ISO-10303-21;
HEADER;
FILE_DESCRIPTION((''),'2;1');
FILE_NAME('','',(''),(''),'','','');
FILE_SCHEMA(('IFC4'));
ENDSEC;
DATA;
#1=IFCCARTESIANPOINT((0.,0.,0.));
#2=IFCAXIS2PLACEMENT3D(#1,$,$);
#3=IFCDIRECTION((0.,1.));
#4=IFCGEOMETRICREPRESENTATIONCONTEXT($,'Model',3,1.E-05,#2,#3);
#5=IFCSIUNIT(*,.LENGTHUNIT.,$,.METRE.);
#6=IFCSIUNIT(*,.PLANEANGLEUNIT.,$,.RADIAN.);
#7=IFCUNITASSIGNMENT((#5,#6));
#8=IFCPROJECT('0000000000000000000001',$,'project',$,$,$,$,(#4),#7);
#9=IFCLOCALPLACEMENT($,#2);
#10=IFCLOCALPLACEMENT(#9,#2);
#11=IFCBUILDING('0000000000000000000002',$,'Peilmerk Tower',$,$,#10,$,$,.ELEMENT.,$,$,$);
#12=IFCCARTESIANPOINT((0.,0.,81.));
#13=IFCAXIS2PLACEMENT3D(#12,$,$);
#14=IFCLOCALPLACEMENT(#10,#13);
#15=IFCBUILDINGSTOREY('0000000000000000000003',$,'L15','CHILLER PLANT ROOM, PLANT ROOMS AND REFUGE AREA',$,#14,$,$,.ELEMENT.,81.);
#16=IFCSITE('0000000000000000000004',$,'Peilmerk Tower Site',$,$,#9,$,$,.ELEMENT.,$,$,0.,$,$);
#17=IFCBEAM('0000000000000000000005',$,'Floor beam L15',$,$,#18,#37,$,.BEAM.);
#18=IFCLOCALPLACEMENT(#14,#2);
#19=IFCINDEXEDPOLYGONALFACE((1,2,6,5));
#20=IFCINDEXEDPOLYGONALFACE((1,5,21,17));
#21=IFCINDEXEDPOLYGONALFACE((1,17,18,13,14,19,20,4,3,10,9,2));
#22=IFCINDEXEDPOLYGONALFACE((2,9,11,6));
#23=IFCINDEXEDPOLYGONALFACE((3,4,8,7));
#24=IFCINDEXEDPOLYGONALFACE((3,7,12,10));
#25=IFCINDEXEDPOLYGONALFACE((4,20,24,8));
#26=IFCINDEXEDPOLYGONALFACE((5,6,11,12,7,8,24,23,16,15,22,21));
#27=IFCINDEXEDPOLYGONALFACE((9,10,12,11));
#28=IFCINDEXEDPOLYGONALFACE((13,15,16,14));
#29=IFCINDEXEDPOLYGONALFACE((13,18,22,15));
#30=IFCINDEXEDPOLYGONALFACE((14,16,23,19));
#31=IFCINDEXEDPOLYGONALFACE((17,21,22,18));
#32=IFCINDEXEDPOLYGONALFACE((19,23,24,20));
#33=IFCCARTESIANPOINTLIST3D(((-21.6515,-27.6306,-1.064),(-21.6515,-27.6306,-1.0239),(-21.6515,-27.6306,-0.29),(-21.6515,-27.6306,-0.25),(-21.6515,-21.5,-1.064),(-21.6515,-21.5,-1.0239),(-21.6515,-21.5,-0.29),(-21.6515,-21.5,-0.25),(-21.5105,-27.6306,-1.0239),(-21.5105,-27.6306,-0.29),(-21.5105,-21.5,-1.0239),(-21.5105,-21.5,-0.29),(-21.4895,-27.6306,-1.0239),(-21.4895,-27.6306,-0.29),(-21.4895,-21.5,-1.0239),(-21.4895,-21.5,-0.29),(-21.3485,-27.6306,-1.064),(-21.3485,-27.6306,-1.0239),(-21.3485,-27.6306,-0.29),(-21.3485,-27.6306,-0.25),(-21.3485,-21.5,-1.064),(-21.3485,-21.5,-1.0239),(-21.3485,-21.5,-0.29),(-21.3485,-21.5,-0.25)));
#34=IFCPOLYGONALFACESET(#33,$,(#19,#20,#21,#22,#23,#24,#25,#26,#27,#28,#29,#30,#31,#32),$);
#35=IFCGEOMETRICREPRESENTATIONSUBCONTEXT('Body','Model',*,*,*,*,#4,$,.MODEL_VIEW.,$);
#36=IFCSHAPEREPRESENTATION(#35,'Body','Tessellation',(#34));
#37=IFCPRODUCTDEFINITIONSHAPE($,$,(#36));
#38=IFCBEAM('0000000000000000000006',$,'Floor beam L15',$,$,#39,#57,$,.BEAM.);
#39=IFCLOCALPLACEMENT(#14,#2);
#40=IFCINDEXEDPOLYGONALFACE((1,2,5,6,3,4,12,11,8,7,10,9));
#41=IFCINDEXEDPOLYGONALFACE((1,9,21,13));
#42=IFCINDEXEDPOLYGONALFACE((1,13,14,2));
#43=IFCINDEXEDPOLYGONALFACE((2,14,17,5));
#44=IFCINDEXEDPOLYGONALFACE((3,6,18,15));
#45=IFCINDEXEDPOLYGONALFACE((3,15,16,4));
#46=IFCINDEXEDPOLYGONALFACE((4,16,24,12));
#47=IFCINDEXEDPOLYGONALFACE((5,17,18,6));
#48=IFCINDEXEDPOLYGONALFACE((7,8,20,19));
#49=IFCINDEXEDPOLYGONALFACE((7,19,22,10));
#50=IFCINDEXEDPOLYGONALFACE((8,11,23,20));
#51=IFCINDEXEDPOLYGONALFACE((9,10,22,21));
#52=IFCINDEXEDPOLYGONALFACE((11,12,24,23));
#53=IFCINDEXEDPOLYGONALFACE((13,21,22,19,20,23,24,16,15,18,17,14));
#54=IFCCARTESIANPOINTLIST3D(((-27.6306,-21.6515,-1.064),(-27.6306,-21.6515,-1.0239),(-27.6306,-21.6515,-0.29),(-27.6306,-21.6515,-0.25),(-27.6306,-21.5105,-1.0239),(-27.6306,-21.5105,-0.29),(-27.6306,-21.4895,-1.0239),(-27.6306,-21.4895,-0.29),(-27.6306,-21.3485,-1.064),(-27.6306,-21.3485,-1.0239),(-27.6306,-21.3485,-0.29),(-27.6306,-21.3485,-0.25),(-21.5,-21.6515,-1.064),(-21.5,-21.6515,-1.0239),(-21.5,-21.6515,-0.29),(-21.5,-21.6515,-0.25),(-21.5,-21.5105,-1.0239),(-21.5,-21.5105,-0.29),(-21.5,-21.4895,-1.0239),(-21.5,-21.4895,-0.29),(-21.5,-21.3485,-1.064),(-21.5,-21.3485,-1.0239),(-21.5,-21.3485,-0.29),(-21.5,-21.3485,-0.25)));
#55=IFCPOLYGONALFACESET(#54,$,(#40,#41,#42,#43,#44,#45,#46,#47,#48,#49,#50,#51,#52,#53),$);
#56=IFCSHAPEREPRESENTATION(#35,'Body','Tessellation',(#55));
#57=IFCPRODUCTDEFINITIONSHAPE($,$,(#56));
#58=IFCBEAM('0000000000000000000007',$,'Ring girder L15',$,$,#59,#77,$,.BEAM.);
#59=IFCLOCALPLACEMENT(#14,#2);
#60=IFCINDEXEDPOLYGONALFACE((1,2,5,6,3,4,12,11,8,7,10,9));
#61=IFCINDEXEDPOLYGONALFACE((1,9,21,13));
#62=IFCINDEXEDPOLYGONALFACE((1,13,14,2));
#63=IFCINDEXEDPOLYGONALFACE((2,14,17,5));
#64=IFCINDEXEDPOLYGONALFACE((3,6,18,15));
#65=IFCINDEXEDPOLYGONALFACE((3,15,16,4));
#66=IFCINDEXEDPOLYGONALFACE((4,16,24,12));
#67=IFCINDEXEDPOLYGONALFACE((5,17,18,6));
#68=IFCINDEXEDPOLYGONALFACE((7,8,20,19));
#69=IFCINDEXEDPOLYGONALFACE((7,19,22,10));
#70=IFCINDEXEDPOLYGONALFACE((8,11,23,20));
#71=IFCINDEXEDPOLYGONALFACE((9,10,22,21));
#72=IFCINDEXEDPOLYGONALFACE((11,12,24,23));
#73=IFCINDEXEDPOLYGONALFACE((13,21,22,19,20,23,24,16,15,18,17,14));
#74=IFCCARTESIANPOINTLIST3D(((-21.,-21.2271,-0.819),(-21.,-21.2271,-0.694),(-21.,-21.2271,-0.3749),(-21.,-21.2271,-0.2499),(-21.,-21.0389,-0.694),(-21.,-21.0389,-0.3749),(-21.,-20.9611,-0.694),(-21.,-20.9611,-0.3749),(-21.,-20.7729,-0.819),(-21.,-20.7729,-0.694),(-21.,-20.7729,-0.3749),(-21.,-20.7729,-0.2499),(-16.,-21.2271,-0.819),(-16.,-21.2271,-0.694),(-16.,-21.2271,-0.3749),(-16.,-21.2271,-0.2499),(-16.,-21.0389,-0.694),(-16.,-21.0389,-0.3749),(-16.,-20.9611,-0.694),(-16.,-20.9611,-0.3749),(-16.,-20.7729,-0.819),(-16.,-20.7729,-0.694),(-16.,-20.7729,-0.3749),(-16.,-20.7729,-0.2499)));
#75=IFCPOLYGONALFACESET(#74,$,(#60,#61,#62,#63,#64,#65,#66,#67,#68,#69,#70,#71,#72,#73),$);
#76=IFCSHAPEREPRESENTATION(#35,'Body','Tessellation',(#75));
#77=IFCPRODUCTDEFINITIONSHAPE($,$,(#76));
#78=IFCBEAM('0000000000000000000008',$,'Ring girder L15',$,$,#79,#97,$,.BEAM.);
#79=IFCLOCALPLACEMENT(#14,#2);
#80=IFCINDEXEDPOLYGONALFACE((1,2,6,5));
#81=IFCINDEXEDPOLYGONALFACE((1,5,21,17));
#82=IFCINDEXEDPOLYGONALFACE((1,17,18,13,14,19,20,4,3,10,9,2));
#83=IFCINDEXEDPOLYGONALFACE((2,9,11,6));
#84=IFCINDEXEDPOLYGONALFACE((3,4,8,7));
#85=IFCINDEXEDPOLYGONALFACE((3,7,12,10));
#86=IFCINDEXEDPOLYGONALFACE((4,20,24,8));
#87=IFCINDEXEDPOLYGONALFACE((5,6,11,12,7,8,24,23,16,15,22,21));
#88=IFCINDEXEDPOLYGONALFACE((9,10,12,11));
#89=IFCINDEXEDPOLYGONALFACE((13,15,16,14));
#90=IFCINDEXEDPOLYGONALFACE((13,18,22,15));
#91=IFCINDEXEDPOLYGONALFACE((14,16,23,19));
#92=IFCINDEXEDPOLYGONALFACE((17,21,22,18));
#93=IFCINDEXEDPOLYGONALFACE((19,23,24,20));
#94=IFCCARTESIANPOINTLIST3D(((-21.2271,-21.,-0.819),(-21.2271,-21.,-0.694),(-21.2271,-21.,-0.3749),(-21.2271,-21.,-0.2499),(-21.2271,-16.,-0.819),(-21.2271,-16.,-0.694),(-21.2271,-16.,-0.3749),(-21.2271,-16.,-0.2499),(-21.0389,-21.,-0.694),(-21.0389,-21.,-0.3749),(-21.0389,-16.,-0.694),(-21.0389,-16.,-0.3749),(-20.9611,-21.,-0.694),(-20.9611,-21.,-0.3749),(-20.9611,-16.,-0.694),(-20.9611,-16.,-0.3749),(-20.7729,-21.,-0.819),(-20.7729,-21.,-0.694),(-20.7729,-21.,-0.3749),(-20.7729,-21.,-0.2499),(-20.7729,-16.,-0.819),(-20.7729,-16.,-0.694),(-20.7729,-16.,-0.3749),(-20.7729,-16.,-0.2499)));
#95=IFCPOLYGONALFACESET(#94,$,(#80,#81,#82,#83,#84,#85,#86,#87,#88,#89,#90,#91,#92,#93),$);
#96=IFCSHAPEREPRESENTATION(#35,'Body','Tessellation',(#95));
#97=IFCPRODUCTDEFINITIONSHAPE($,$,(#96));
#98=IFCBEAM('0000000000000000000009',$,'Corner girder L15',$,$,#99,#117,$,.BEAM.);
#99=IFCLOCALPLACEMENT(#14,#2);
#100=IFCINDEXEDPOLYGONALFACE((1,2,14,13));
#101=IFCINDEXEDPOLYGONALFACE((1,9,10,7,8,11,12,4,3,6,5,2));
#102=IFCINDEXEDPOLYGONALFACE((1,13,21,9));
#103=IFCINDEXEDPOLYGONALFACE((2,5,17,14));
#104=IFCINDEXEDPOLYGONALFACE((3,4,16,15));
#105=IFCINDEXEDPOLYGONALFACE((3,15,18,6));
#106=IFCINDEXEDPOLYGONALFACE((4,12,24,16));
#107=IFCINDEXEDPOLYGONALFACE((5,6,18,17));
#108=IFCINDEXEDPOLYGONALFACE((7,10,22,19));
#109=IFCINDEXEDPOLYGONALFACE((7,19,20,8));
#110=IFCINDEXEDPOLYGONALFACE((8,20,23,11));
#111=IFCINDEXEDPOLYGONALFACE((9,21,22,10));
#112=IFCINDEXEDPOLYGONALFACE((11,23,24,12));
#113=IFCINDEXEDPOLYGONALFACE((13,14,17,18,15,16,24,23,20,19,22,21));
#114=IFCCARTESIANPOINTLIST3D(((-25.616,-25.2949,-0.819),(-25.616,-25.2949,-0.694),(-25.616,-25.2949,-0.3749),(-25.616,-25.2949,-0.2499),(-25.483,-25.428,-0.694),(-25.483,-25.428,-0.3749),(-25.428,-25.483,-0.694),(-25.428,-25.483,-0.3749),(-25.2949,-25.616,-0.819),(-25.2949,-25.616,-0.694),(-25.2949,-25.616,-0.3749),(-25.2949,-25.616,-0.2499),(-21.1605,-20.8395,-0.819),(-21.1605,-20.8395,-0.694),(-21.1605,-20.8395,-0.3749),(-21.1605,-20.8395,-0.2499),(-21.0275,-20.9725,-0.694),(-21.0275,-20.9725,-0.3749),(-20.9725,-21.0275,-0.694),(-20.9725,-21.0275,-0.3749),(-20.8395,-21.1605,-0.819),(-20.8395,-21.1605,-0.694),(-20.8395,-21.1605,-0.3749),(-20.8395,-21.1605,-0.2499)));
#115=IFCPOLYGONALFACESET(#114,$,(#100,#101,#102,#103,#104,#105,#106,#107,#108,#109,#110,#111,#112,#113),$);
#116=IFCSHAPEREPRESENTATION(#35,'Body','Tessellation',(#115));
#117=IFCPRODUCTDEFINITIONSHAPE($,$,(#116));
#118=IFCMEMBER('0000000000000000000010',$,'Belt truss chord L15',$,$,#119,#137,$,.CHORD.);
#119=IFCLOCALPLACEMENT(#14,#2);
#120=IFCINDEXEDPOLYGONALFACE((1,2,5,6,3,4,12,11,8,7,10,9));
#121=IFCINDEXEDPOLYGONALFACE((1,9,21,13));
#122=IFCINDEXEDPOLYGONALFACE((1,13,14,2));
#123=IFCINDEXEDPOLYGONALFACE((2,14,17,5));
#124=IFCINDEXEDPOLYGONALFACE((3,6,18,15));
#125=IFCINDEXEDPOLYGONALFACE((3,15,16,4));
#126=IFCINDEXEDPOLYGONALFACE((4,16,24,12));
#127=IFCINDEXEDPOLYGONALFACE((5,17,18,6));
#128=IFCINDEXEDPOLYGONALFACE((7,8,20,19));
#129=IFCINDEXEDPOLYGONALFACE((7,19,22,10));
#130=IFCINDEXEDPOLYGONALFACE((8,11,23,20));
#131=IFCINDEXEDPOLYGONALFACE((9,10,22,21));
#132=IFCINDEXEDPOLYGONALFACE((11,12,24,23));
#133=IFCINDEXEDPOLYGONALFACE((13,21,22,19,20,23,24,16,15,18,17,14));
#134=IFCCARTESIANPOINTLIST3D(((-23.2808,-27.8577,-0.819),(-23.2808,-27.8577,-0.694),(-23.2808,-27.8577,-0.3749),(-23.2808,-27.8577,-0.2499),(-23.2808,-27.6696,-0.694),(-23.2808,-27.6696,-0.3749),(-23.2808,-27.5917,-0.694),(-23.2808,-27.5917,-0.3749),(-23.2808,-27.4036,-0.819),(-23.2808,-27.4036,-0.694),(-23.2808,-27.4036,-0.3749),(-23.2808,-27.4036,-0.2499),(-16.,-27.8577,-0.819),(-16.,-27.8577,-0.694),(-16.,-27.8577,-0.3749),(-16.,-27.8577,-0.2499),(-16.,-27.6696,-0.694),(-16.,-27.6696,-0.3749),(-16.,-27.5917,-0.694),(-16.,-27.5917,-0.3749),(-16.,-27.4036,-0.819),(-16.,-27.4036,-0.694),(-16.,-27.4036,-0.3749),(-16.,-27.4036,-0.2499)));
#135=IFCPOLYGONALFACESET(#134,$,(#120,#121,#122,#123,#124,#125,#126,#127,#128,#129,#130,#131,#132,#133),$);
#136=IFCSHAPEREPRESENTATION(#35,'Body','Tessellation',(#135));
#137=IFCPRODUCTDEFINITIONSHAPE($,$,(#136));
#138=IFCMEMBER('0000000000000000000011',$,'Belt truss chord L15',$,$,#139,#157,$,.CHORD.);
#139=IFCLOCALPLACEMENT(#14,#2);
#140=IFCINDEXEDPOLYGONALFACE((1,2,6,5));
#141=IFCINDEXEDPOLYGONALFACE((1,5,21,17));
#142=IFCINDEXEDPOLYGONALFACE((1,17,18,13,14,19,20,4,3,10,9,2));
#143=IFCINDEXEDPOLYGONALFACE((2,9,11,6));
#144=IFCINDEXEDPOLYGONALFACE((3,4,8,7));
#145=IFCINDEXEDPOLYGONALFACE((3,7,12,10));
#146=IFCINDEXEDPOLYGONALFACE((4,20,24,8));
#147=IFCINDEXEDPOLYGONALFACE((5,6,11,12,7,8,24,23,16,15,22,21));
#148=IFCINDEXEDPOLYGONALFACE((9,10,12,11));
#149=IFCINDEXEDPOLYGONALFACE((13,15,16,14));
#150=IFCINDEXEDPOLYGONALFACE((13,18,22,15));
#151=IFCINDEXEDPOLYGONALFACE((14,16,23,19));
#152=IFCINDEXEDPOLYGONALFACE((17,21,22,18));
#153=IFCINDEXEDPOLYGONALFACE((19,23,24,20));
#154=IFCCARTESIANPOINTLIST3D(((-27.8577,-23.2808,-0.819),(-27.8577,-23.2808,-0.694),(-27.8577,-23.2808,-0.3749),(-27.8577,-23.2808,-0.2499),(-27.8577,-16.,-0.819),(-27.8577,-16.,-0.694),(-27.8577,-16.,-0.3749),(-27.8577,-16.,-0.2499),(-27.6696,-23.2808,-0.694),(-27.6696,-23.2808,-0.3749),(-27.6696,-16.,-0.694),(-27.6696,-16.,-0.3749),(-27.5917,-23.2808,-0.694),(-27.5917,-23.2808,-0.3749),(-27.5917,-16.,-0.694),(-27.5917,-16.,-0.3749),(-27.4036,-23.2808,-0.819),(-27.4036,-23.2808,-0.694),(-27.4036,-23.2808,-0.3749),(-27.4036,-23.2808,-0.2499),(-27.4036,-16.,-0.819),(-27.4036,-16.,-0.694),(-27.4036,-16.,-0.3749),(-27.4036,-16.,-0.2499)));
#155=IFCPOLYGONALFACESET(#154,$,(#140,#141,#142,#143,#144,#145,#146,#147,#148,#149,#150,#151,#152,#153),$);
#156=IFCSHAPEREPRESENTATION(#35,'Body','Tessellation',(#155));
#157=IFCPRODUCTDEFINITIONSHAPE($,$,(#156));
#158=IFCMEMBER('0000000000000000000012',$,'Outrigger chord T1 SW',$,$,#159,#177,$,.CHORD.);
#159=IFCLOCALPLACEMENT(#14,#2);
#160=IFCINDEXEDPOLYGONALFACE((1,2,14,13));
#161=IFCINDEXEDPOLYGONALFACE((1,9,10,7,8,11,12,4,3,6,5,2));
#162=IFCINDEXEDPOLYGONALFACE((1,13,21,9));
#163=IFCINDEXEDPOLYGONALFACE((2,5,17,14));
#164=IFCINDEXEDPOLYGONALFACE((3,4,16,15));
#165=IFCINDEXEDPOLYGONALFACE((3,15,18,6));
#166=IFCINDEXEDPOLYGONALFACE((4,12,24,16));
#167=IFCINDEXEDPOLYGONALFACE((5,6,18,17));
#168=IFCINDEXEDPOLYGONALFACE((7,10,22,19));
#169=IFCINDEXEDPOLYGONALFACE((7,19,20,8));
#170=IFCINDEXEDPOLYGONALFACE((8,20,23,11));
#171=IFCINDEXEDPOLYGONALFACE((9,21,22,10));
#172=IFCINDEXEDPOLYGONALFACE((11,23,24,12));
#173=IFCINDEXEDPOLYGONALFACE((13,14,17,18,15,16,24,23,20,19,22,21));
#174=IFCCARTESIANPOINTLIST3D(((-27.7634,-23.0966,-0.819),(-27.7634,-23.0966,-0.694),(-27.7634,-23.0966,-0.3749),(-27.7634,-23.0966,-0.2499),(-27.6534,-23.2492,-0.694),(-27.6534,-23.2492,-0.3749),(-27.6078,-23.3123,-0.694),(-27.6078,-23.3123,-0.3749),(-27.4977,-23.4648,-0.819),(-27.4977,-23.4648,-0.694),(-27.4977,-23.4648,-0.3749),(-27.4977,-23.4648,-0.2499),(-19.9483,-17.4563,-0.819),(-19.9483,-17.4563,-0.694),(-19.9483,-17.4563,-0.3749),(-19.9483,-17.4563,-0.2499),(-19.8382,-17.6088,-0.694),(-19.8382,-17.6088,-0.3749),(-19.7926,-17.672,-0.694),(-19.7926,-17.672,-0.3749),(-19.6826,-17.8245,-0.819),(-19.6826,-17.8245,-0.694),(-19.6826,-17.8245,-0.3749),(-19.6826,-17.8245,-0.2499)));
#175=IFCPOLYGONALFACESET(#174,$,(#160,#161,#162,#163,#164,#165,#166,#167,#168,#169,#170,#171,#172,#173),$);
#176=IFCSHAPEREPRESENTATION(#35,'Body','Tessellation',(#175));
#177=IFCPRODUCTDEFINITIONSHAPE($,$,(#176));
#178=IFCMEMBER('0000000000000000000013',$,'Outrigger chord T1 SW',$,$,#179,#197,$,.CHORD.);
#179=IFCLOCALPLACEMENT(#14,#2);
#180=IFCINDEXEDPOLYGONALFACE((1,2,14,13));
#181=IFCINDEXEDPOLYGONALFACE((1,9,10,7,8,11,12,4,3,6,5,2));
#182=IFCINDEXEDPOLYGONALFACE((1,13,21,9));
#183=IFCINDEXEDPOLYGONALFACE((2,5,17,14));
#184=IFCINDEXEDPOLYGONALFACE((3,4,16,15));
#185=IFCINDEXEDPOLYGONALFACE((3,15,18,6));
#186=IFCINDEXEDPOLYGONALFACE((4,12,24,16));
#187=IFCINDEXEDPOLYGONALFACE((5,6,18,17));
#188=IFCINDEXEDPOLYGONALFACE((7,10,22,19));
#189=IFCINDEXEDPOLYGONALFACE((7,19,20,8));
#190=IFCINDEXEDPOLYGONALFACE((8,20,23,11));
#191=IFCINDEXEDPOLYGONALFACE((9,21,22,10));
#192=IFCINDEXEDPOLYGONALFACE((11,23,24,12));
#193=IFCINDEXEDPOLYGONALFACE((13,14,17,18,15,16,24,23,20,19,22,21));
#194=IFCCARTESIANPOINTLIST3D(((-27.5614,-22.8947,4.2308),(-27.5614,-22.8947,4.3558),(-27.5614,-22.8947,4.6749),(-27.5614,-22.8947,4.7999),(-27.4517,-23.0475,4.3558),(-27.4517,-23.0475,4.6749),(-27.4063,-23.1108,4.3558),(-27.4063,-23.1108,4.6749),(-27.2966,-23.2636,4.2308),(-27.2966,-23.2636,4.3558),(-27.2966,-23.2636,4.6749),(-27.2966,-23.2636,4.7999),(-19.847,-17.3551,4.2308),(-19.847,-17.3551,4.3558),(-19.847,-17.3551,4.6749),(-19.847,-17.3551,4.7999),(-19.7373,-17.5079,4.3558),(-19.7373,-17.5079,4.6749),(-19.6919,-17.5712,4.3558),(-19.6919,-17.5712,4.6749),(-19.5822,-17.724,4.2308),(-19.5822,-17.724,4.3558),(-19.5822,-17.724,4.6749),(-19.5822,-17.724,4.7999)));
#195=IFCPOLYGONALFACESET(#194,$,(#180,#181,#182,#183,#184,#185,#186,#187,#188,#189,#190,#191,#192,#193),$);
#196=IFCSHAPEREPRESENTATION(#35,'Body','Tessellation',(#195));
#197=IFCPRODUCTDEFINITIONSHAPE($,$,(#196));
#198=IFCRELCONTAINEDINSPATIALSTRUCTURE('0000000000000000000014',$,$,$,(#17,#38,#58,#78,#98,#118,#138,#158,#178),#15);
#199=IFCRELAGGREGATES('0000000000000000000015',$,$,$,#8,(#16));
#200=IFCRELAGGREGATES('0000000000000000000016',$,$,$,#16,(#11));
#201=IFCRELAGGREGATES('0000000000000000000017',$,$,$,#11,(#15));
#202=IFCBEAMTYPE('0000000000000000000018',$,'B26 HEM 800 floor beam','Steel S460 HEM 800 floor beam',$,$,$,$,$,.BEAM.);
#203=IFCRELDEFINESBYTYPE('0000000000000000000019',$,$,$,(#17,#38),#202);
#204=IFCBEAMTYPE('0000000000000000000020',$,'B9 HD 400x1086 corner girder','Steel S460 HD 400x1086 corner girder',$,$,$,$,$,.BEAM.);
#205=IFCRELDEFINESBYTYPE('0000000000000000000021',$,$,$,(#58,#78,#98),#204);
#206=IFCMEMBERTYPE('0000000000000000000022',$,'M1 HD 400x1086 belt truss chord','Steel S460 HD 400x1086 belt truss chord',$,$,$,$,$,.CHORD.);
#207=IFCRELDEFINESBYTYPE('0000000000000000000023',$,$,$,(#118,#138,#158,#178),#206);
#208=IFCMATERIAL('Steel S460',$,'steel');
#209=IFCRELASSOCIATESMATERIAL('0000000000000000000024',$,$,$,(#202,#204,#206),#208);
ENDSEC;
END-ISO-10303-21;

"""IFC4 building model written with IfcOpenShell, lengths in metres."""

from ifc_helpers import new_model, si_unit, direction, frame, origin, origin_2d, place, context, subcontext, project, spatial, i_section, extrude, material, material_profile, profile_set, type_object, element, save


model = new_model("IFC4")

# Units and contexts
model_context = context("Model", 3, precision=1e-05, world=origin(), true_north=direction((0.0, 1.0)))
body_context = subcontext(model_context, "Body", "Model", "MODEL_VIEW")
ifc_project = project(units=[si_unit("LENGTHUNIT", "METRE"), si_unit("PLANEANGLEUNIT", "RADIAN")], contexts=[model_context])

# Site, building, storey
site_placement = place(None, origin())
site = spatial("IfcSite", under=ifc_project, at=site_placement, Name="Peilmerk Tower Site", CompositionType="ELEMENT", RefElevation=0.0)
building_placement = place(site_placement, origin())
building = spatial("IfcBuilding", under=site, at=building_placement, Name="Peilmerk Tower", CompositionType="ELEMENT")
storey_placement = place(building_placement, frame((0.0, 0.0, 81.0)))
storey = spatial("IfcBuildingStorey", under=building, at=storey_placement, Name="L15", Description="CHILLER PLANT ROOM, PLANT ROOMS AND REFUGE AREA", CompositionType="ELEMENT", Elevation=81.0)

# Shared definitions
ifc_material_1 = material(Name="Steel S460", Category="steel")

# Beams
ifc_material_profile_1 = material_profile(ifc_material_1, i_section(OverallWidth=0.303, OverallDepth=0.814, WebThickness=0.021, FlangeThickness=0.04, at=origin_2d()), Name="HEM 800")
ifc_profile_set_1 = profile_set([ifc_material_profile_1], Name="Steel S460")
beam_type_1 = type_object("IfcBeamType", Name="B26 HEM 800 floor beam", Description="Steel S460 HEM 800 floor beam", PredefinedType="BEAM", material=ifc_profile_set_1)
for number, where, z_axis, x_axis, name in (
    (1, (-21.5, -21.5, -0.657), (0.0, -1.0, 0.0), (1.0, 0.0, 0.0), "Floor beam L15"),
    (2, (-21.5, -21.5, -0.657), (-1.0, 0.0, 0.0), (0.0, -1.0, 0.0), "Floor beam L15"),
):
    element("IfcBeam", number, at=place(storey_placement, frame(where, z_axis=z_axis, x_axis=x_axis)), inside=storey, type_object=beam_type_1, Name=name, PredefinedType="BEAM", context=body_context, shape_type="SweptSolid", body=[
        extrude(i_section(OverallWidth=0.303, OverallDepth=0.814, WebThickness=0.021, FlangeThickness=0.04, at=origin_2d()), origin(), (0.0, 0.0, 1.0), 6.1306),
    ])
ifc_material_profile_2 = material_profile(ifc_material_1, i_section(OverallWidth=0.4541, OverallDepth=0.5691, WebThickness=0.0779, FlangeThickness=0.125, at=origin_2d()), Name="HD 400x1086")
ifc_profile_set_2 = profile_set([ifc_material_profile_2], Name="Steel S460")
beam_type_2 = type_object("IfcBeamType", Name="B9 HD 400x1086 corner girder", Description="Steel S460 HD 400x1086 corner girder", PredefinedType="BEAM", material=ifc_profile_set_2)
for number, where, z_axis, x_axis, name in (
    (3, (-21.0, -21.0, -0.5344), (1.0, 0.0, 0.0), (0.0, 1.0, 0.0), "Ring girder L15"),
    (4, (-21.0, -16.0, -0.5344), (0.0, -1.0, 0.0), (1.0, 0.0, 0.0), "Ring girder L15"),
):
    element("IfcBeam", number, at=place(storey_placement, frame(where, z_axis=z_axis, x_axis=x_axis)), inside=storey, type_object=beam_type_2, Name=name, PredefinedType="BEAM", context=body_context, shape_type="SweptSolid", body=[
        extrude(i_section(OverallWidth=0.4541, OverallDepth=0.5691, WebThickness=0.0779, FlangeThickness=0.125, at=origin_2d()), origin(), (0.0, 0.0, 1.0), 5.0),
    ])
beam_1_placement = place(storey_placement, frame((-21.0, -21.0, -0.5344), z_axis=(-0.707107, -0.707107, 0.0), x_axis=(0.707107, -0.707107, 0.0)))
element("IfcBeam", 5, at=beam_1_placement, inside=storey, type_object=beam_type_2, Name="Corner girder L15", PredefinedType="BEAM", context=body_context, shape_type="SweptSolid", body=[
    extrude(i_section(OverallWidth=0.4541, OverallDepth=0.5691, WebThickness=0.0779, FlangeThickness=0.125, at=origin_2d()), origin(), (0.0, 0.0, 1.0), 6.301),
])

# Members
ifc_material_profile_3 = material_profile(ifc_material_1, i_section(OverallWidth=0.4541, OverallDepth=0.5691, WebThickness=0.0779, FlangeThickness=0.125, at=origin_2d()), Name="HD 400x1086")
ifc_profile_set_3 = profile_set([ifc_material_profile_3], Name="Steel S460")
member_type_1 = type_object("IfcMemberType", Name="M1 HD 400x1086 belt truss chord", Description="Steel S460 HD 400x1086 belt truss chord", PredefinedType="CHORD", material=ifc_profile_set_3)
for number, where, z_axis, x_axis, name in (
    (6, (-23.2808, -27.6306, -0.5344), (1.0, 0.0, 0.0), (0.0, 1.0, 0.0), "Belt truss chord L15"),
    (7, (-27.6306, -16.0, -0.5344), (0.0, -1.0, 0.0), (1.0, 0.0, 0.0), "Belt truss chord L15"),
):
    element("IfcMember", number, at=place(storey_placement, frame(where, z_axis=z_axis, x_axis=x_axis)), inside=storey, type_object=member_type_1, Name=name, PredefinedType="CHORD", context=body_context, shape_type="SweptSolid", body=[
        extrude(i_section(OverallWidth=0.4541, OverallDepth=0.5691, WebThickness=0.0779, FlangeThickness=0.125, at=origin_2d()), origin(), (0.0, 0.0, 1.0), 7.2808),
    ])
member_1_placement = place(storey_placement, frame((-19.8154, -17.6404, -0.5344), z_axis=(-0.810872, -0.585223, 0.0), x_axis=(0.585223, -0.810872, 0.0)))
element("IfcMember", 8, at=member_1_placement, inside=storey, type_object=member_type_1, Name="Outrigger chord T1 SW", PredefinedType="CHORD", context=body_context, shape_type="SweptSolid", body=[
    extrude(i_section(OverallWidth=0.4541, OverallDepth=0.5691, WebThickness=0.0779, FlangeThickness=0.125, at=origin_2d()), origin(), (0.0, 0.0, 1.0), 9.6379),
])
member_2_placement = place(storey_placement, frame((-19.7146, -17.5396, 4.5154), z_axis=(-0.812272, -0.583279, 0.0), x_axis=(0.583279, -0.812272, 0.0)))
element("IfcMember", 9, at=member_2_placement, inside=storey, type_object=member_type_1, Name="Outrigger chord T1 SW", PredefinedType="CHORD", context=body_context, shape_type="SweptSolid", body=[
    extrude(i_section(OverallWidth=0.4541, OverallDepth=0.5691, WebThickness=0.0779, FlangeThickness=0.125, at=origin_2d()), origin(), (0.0, 0.0, 1.0), 9.4973),
])

save(model, "model.ifc")
